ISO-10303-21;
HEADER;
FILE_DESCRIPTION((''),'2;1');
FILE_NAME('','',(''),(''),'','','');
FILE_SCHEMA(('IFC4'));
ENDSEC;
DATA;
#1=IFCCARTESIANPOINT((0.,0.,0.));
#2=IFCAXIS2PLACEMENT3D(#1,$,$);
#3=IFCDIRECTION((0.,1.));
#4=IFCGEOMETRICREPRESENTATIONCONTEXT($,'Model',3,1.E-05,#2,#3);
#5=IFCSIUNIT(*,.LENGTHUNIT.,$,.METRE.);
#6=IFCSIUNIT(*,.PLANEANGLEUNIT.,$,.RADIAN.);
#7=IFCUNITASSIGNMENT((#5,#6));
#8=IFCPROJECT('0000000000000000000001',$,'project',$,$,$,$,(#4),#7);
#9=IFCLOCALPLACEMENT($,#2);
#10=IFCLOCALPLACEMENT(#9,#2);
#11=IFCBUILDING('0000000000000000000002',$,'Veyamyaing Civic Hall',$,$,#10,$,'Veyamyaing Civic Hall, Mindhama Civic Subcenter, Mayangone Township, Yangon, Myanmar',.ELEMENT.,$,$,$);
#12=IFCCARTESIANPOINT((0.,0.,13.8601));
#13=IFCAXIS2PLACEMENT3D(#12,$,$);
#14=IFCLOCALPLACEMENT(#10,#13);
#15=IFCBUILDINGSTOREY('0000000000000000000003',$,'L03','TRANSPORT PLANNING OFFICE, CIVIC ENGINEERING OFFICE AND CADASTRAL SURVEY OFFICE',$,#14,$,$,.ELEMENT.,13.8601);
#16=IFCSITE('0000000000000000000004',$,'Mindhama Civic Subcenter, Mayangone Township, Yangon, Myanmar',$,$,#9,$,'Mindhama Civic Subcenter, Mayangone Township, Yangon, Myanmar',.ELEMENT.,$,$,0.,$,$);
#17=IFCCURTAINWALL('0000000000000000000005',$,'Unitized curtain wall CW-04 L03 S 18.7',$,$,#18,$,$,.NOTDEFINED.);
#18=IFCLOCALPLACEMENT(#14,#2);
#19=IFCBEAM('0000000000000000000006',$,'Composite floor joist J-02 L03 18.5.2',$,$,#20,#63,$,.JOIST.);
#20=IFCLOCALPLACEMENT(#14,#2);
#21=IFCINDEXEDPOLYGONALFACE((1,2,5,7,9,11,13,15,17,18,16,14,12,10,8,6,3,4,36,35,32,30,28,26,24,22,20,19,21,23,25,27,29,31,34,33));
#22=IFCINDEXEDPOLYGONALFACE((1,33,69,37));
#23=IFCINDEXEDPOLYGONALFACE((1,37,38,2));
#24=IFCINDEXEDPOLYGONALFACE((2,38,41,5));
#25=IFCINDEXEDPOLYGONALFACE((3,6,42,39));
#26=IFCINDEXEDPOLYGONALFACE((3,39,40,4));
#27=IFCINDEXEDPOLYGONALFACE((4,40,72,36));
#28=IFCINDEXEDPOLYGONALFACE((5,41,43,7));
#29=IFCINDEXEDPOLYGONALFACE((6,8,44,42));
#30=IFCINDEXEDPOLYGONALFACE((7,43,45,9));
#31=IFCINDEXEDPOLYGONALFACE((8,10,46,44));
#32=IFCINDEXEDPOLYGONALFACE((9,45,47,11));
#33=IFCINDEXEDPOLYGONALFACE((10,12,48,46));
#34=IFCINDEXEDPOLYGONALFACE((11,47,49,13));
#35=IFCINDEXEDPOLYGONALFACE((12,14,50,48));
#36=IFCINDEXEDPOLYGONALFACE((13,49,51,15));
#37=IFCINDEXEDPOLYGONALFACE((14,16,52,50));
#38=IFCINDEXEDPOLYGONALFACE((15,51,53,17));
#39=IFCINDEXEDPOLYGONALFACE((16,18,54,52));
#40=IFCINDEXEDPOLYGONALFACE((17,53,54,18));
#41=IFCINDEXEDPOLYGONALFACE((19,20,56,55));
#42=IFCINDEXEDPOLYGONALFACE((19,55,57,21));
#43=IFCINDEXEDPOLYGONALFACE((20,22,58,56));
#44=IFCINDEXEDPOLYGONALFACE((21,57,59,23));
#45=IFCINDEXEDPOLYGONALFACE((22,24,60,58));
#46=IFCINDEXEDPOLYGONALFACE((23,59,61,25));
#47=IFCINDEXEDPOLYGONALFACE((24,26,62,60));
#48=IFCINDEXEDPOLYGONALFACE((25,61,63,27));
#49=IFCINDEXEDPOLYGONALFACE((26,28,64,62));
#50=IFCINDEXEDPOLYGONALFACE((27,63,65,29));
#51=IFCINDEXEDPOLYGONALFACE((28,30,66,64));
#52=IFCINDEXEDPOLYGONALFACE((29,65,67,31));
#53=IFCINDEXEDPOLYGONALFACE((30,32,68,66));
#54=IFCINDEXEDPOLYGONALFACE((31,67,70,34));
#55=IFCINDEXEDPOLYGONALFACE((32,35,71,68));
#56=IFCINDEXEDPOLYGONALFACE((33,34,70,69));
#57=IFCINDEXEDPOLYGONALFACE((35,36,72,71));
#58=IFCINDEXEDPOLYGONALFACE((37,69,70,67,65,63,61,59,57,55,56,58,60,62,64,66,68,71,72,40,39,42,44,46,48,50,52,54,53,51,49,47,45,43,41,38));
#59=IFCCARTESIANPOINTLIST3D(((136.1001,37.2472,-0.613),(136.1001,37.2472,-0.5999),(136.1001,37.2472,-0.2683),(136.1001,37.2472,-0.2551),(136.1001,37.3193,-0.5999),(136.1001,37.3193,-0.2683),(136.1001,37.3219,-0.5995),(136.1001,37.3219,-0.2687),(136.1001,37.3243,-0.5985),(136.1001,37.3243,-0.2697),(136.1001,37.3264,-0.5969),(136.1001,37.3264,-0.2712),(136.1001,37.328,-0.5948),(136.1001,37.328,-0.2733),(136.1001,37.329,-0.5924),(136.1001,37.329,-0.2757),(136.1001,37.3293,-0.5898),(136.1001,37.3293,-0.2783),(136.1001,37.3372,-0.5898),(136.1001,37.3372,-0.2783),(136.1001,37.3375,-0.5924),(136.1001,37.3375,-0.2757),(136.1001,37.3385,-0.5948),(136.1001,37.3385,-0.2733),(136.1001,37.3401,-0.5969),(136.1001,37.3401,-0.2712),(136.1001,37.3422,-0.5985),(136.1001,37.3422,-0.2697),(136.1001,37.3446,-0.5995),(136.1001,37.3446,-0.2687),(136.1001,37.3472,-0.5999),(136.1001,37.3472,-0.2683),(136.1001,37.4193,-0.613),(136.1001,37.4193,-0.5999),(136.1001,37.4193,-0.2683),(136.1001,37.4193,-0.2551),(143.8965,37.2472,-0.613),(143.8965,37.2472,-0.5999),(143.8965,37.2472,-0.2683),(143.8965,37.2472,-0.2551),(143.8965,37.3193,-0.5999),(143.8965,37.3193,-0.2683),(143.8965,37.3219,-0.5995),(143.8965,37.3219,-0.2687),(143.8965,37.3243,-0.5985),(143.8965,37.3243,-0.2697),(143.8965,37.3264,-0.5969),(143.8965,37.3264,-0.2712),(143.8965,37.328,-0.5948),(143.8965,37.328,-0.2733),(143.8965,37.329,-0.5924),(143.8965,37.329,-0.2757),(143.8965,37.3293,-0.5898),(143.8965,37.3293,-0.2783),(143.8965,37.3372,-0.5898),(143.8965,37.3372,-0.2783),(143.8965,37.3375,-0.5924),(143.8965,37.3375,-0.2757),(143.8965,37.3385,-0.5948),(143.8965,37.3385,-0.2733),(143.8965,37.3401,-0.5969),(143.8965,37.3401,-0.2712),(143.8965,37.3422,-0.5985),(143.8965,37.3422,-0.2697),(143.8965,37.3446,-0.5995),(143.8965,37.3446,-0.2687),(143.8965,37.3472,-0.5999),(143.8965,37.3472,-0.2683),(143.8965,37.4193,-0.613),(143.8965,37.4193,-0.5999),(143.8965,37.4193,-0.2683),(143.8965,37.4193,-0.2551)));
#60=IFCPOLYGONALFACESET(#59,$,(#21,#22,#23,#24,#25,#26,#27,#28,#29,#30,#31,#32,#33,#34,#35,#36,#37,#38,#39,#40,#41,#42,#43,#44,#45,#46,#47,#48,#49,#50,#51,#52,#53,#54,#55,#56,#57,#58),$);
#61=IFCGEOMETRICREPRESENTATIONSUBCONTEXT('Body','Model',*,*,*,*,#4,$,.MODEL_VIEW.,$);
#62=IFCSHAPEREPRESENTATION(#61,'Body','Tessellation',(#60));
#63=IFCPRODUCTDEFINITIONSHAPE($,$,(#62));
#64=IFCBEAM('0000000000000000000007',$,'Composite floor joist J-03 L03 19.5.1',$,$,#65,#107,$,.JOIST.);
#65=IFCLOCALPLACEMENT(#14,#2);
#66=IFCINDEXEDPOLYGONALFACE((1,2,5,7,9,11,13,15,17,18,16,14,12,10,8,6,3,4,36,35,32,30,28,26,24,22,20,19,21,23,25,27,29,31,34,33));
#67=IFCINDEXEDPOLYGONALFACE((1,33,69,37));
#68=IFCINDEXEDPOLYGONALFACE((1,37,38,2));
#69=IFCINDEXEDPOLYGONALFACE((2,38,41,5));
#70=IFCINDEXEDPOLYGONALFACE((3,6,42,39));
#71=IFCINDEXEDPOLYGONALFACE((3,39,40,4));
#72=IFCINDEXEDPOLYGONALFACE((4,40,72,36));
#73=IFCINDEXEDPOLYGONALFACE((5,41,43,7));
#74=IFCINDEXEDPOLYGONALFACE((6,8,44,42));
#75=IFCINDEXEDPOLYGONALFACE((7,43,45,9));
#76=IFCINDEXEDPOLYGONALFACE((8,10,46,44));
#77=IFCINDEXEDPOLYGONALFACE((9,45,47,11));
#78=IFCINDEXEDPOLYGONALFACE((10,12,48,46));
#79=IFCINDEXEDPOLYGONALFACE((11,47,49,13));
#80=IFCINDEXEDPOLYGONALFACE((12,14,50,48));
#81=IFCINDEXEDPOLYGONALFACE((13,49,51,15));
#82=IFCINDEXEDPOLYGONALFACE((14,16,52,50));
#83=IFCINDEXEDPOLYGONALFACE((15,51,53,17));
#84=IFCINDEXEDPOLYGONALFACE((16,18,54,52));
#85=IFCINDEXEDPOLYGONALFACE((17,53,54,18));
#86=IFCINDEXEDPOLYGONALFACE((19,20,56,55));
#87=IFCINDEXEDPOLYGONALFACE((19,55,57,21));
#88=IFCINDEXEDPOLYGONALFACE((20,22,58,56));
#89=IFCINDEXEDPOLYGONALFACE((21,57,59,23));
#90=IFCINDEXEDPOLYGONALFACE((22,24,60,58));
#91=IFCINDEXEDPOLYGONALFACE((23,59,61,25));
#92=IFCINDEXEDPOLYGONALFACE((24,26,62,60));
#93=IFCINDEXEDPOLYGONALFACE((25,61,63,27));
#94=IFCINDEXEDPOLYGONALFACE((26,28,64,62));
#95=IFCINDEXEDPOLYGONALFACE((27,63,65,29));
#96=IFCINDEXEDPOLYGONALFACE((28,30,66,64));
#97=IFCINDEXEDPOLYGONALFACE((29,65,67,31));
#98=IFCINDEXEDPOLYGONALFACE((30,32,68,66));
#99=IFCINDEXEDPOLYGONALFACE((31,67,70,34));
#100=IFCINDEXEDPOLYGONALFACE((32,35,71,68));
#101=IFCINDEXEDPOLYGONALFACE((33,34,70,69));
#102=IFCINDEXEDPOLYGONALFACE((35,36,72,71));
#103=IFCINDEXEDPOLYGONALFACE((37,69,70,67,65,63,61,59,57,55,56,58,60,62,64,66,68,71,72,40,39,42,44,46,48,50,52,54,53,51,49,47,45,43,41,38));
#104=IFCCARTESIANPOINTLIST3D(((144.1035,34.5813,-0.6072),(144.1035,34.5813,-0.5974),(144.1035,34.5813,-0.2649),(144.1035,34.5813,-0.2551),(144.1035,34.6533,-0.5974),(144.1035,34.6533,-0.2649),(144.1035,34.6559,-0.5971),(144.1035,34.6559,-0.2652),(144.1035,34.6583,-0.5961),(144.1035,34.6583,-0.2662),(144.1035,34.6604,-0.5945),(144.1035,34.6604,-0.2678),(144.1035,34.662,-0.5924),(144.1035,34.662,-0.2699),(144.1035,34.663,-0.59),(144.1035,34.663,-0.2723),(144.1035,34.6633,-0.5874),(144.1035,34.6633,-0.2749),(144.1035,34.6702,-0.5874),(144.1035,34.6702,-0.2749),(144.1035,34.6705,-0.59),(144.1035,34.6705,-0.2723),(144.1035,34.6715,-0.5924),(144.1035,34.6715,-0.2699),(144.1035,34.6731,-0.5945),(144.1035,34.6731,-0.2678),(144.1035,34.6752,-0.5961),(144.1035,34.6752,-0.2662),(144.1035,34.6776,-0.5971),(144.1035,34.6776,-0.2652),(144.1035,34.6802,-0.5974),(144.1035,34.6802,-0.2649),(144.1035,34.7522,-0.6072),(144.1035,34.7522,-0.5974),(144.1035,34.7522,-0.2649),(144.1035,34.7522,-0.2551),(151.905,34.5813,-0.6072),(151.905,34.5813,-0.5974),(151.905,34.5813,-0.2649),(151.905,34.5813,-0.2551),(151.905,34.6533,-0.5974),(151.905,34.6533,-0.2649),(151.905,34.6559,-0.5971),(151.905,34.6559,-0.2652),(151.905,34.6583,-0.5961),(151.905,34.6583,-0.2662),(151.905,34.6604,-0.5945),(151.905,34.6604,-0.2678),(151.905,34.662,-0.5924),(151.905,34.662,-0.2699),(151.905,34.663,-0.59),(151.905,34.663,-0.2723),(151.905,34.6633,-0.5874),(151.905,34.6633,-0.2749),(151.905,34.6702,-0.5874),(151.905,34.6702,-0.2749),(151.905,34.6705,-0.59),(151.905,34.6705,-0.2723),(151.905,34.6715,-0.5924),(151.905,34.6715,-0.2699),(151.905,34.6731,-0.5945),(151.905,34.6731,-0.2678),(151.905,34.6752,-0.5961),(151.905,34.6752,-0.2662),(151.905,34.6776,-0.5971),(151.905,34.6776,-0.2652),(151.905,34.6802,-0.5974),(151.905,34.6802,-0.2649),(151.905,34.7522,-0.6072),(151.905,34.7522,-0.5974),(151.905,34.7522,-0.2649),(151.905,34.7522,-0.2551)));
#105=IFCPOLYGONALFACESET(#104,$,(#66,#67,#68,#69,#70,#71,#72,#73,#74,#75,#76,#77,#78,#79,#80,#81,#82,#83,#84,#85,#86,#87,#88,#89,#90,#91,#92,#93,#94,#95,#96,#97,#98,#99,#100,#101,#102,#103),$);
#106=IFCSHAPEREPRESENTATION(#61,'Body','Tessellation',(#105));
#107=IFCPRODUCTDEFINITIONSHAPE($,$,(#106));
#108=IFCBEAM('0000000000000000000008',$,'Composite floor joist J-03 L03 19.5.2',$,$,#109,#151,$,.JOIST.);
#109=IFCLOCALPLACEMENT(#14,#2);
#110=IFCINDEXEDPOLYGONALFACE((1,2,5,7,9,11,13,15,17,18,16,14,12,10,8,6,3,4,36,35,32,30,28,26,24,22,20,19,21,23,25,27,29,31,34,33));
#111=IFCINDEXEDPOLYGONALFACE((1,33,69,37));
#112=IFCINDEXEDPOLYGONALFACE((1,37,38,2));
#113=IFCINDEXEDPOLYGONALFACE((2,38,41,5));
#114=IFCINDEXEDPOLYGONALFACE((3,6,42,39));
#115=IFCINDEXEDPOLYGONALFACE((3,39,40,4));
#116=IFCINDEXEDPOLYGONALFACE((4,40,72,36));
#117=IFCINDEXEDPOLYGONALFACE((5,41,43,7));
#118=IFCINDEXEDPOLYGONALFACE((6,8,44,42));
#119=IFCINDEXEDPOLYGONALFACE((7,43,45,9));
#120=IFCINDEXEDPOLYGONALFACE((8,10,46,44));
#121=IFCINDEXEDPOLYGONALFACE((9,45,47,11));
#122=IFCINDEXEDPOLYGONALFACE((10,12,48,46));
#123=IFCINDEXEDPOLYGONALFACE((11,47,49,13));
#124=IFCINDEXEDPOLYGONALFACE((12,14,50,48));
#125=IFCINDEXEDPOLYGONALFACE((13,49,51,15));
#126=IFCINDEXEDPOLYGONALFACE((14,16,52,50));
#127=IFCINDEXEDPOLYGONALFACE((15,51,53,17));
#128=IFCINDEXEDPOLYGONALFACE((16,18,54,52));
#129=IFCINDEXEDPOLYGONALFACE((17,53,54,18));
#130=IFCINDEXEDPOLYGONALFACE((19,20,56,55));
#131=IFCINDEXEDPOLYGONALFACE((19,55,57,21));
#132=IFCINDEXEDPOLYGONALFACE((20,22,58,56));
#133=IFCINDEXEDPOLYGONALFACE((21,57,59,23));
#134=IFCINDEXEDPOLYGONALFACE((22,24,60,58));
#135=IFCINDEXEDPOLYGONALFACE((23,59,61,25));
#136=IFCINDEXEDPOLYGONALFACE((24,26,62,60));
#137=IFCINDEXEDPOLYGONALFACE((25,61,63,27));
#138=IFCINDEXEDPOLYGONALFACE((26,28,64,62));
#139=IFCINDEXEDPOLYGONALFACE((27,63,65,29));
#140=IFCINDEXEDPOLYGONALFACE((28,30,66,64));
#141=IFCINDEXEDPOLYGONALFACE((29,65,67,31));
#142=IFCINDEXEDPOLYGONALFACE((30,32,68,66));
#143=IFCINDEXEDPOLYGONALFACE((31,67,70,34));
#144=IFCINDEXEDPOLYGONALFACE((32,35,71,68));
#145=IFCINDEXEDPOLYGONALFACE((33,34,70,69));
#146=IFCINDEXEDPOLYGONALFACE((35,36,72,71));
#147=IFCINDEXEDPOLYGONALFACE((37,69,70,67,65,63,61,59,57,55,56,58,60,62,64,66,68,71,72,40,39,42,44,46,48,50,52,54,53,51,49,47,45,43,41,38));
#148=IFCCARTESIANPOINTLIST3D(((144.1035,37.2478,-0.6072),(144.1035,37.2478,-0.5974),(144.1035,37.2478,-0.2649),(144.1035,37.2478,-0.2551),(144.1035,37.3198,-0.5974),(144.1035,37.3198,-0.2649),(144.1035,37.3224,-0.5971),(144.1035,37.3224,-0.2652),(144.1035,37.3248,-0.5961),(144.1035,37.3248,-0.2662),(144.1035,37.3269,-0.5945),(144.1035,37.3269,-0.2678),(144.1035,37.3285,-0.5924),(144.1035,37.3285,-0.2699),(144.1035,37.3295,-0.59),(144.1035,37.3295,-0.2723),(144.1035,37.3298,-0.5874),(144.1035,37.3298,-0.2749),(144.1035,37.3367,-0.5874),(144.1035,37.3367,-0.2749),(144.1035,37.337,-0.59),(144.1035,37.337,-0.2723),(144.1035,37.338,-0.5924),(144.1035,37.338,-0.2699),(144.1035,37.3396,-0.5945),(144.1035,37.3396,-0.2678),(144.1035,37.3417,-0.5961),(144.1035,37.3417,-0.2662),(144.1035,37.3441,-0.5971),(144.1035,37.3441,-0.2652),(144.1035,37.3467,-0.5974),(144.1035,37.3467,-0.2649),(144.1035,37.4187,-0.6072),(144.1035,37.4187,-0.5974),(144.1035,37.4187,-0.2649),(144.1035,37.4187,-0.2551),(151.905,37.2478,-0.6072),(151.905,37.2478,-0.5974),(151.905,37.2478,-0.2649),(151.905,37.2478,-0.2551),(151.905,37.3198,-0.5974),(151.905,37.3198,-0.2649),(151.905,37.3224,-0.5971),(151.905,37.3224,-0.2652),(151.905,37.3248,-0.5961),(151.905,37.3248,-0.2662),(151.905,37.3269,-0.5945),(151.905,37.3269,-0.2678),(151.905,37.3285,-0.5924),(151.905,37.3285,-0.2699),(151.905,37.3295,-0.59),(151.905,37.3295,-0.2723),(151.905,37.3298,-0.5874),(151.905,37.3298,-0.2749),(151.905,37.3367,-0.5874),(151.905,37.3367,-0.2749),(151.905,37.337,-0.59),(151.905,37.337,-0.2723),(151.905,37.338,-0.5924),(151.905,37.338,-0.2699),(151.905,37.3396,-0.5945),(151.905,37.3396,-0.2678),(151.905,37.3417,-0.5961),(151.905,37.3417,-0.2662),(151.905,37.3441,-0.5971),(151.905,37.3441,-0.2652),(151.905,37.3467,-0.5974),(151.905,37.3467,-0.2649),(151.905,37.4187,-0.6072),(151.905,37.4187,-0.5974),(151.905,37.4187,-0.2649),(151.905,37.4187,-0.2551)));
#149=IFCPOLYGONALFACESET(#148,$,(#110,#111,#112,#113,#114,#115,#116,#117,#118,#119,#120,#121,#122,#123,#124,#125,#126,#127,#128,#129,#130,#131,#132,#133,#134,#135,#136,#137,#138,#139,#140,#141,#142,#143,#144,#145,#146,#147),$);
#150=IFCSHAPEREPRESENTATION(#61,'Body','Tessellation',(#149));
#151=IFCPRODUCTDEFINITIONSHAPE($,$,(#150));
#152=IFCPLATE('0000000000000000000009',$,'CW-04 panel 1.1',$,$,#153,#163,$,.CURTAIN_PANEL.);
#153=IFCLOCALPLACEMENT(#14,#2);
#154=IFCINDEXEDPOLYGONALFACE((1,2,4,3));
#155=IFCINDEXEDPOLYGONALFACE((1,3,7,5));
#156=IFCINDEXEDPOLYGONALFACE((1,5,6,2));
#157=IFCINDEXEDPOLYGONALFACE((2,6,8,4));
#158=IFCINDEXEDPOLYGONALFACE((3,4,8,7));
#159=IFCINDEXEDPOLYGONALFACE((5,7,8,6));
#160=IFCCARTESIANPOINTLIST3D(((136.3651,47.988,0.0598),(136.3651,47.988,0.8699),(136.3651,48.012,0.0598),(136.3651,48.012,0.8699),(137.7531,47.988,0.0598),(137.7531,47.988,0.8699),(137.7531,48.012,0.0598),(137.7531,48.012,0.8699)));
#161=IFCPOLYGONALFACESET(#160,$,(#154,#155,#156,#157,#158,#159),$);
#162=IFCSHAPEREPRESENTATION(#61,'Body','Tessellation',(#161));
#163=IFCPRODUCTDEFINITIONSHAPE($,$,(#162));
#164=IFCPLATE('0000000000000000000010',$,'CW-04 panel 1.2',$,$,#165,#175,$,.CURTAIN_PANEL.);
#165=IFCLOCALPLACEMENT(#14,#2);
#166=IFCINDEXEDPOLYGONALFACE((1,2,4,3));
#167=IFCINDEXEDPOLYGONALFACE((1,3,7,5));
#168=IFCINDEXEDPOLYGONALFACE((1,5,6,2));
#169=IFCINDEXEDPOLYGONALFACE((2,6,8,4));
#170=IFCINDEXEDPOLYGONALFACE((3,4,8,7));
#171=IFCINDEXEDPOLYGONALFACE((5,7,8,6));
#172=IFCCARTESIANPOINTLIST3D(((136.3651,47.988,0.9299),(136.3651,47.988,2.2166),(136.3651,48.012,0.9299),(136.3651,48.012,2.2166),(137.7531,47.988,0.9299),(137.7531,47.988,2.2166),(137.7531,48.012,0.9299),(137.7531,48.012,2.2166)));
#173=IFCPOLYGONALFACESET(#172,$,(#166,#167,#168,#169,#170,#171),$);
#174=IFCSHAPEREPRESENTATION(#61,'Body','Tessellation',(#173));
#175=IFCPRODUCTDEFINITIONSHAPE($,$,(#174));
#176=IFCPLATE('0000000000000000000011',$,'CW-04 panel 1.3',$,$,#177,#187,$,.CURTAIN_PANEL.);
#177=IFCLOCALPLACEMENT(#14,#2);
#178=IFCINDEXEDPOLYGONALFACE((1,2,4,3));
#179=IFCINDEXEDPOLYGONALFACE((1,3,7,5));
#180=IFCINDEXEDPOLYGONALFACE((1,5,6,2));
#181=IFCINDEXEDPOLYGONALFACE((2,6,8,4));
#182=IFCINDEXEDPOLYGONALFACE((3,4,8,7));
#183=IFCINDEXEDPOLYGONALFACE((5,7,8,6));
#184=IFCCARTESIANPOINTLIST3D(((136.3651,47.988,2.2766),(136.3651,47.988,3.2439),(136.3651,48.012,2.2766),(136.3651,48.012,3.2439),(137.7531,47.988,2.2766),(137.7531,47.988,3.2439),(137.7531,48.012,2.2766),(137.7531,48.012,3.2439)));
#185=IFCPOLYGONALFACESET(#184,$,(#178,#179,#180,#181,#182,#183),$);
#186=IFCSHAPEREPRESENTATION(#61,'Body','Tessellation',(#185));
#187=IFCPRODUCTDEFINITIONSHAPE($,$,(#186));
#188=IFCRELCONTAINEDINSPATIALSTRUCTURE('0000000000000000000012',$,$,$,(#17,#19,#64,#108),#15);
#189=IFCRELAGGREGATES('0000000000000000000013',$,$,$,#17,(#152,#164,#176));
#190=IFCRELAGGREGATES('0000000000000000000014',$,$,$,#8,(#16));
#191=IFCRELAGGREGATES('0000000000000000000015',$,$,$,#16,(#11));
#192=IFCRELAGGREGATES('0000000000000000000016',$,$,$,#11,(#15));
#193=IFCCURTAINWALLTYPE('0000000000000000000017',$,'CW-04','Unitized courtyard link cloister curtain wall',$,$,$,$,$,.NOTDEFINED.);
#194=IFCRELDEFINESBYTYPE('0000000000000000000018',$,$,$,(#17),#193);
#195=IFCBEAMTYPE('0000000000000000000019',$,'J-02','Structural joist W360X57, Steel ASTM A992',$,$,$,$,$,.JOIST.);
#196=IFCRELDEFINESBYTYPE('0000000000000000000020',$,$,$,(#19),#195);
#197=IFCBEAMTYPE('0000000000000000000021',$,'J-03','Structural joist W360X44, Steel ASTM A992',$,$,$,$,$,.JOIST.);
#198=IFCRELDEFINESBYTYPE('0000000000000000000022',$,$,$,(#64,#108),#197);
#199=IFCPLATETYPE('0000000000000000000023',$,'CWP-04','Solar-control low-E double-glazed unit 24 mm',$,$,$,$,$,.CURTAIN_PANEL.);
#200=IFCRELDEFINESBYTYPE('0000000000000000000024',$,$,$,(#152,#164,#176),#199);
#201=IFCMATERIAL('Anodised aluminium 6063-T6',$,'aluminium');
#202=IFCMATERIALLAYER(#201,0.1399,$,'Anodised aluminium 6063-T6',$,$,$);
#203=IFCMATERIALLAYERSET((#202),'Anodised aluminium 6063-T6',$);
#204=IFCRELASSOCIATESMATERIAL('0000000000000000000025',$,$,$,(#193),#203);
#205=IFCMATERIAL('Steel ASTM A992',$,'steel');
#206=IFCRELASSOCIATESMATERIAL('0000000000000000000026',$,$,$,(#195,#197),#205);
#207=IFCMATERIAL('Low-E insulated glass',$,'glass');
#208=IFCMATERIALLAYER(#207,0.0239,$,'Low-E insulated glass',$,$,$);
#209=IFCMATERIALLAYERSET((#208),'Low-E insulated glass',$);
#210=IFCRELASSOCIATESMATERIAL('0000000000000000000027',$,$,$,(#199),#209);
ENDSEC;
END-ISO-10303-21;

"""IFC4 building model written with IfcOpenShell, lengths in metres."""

from ifc_helpers import new_model, si_unit, direction, frame, origin, origin_2d, place, context, subcontext, project, spatial, rectangle, i_section, extrude, material, layer, layer_set, material_profile, profile_set, type_object, element, aggregate, save


model = new_model("IFC4")

# Units and contexts
model_context = context("Model", 3, precision=1e-05, world=origin(), true_north=direction((0.0, 1.0)))
body_context = subcontext(model_context, "Body", "Model", "MODEL_VIEW")
ifc_project = project(units=[si_unit("LENGTHUNIT", "METRE"), si_unit("PLANEANGLEUNIT", "RADIAN")], contexts=[model_context])

# Site, building, storey
site_placement = place(None, origin())
site = spatial("IfcSite", under=ifc_project, at=site_placement, Name="Mindhama Civic Subcenter, Mayangone Township, Yangon, Myanmar", LongName="Mindhama Civic Subcenter, Mayangone Township, Yangon, Myanmar", CompositionType="ELEMENT", RefElevation=0.0)
building_placement = place(site_placement, origin())
building = spatial("IfcBuilding", under=site, at=building_placement, Name="Veyamyaing Civic Hall", LongName="Veyamyaing Civic Hall, Mindhama Civic Subcenter, Mayangone Township, Yangon, Myanmar", CompositionType="ELEMENT")
storey_placement = place(building_placement, frame((0.0, 0.0, 13.8601)))
storey = spatial("IfcBuildingStorey", under=building, at=storey_placement, Name="L03", Description="TRANSPORT PLANNING OFFICE, CIVIC ENGINEERING OFFICE AND CADASTRAL SURVEY OFFICE", CompositionType="ELEMENT", Elevation=13.8601)

# Shared definitions
ifc_material_1 = material(Name="Steel ASTM A992", Category="steel")

# Curtain wall
ifc_material_2 = material(Name="Anodised aluminium 6063-T6", Category="aluminium")
ifc_layer_1 = layer(ifc_material_2, 0.1399, Name="Anodised aluminium 6063-T6")
ifc_layer_set_1 = layer_set([ifc_layer_1], Name="Anodised aluminium 6063-T6")
curtain_wall_type = type_object("IfcCurtainWallType", Name="CW-04", Description="Unitized courtyard link cloister curtain wall", PredefinedType="NOTDEFINED", material=ifc_layer_set_1)
curtain_wall_placement = place(storey_placement, origin())
curtain_wall = element("IfcCurtainWall", 1, at=curtain_wall_placement, inside=storey, type_object=curtain_wall_type, Name="Unitized curtain wall CW-04 L03 S 18.7", PredefinedType="NOTDEFINED")

# Beams
ifc_material_profile_1 = material_profile(ifc_material_1, i_section(OverallWidth=0.1721, OverallDepth=0.3579, WebThickness=0.0078, FlangeThickness=0.0132, FilletRadius=0.01, at=origin_2d()), Name="W360X57")
ifc_profile_set_1 = profile_set([ifc_material_profile_1], Name="Steel ASTM A992")
beam_type_1 = type_object("IfcBeamType", Name="J-02", Description="Structural joist W360X57, Steel ASTM A992", PredefinedType="JOIST", material=ifc_profile_set_1)
for number, where, z_axis, x_axis, name in (
    (2, (136.1001, 37.3333, -0.4341), (1.0, 0.0, 0.0), (0.0, 1.0, 0.0), "Composite floor joist J-02 L03 18.5.2"),
):
    element("IfcBeam", number, at=place(storey_placement, frame(where, z_axis=z_axis, x_axis=x_axis)), inside=storey, type_object=beam_type_1, Name=name, PredefinedType="JOIST", context=body_context, shape_type="SweptSolid", body=[
        extrude(i_section(OverallWidth=0.1721, OverallDepth=0.3579, WebThickness=0.0078, FlangeThickness=0.0132, FilletRadius=0.01, at=origin_2d()), origin(), (0.0, 0.0, 1.0), 7.7964),
    ])
ifc_material_profile_2 = material_profile(ifc_material_1, i_section(OverallWidth=0.1709, OverallDepth=0.3521, WebThickness=0.0068, FlangeThickness=0.0098, FilletRadius=0.01, at=origin_2d()), Name="W360X44")
ifc_profile_set_2 = profile_set([ifc_material_profile_2], Name="Steel ASTM A992")
beam_type_2 = type_object("IfcBeamType", Name="J-03", Description="Structural joist W360X44, Steel ASTM A992", PredefinedType="JOIST", material=ifc_profile_set_2)
for number, where, z_axis, x_axis, name in (
    (3, (144.1035, 34.6667, -0.4312), (1.0, 0.0, 0.0), (0.0, 1.0, 0.0), "Composite floor joist J-03 L03 19.5.1"),
    (4, (144.1035, 37.3333, -0.4312), (1.0, 0.0, 0.0), (0.0, 1.0, 0.0), "Composite floor joist J-03 L03 19.5.2"),
):
    element("IfcBeam", number, at=place(storey_placement, frame(where, z_axis=z_axis, x_axis=x_axis)), inside=storey, type_object=beam_type_2, Name=name, PredefinedType="JOIST", context=body_context, shape_type="SweptSolid", body=[
        extrude(i_section(OverallWidth=0.1709, OverallDepth=0.3521, WebThickness=0.0068, FlangeThickness=0.0098, FilletRadius=0.01, at=origin_2d()), origin(), (0.0, 0.0, 1.0), 7.8015),
    ])

# Plates
ifc_material_3 = material(Name="Low-E insulated glass", Category="glass")
ifc_layer_2 = layer(ifc_material_3, 0.0239, Name="Low-E insulated glass")
ifc_layer_set_2 = layer_set([ifc_layer_2], Name="Low-E insulated glass")
plate_type = type_object("IfcPlateType", Name="CWP-04", Description="Solar-control low-E double-glazed unit 24 mm", PredefinedType="CURTAIN_PANEL", material=ifc_layer_set_2)
plate_1_placement = place(storey_placement, frame((137.0591, 48.0, 0.0598), z_axis=(0.0, 0.0, 1.0), x_axis=(1.0, 0.0, 0.0)))
plate_1 = element("IfcPlate", 5, at=plate_1_placement, type_object=plate_type, Name="CW-04 panel 1.1", PredefinedType="CURTAIN_PANEL", context=body_context, shape_type="SweptSolid", body=[
    extrude(rectangle(XDim=1.3879, YDim=0.0239, at=origin_2d()), origin(), (0.0, 0.0, 1.0), 0.8101),
])
plate_2_placement = place(storey_placement, frame((137.0591, 48.0, 0.9299), z_axis=(0.0, 0.0, 1.0), x_axis=(1.0, 0.0, 0.0)))
plate_2 = element("IfcPlate", 6, at=plate_2_placement, type_object=plate_type, Name="CW-04 panel 1.2", PredefinedType="CURTAIN_PANEL", context=body_context, shape_type="SweptSolid", body=[
    extrude(rectangle(XDim=1.3879, YDim=0.0239, at=origin_2d()), origin(), (0.0, 0.0, 1.0), 1.2866),
])
plate_3_placement = place(storey_placement, frame((137.0591, 48.0, 2.2766), z_axis=(0.0, 0.0, 1.0), x_axis=(1.0, 0.0, 0.0)))
plate_3 = element("IfcPlate", 7, at=plate_3_placement, type_object=plate_type, Name="CW-04 panel 1.3", PredefinedType="CURTAIN_PANEL", context=body_context, shape_type="SweptSolid", body=[
    extrude(rectangle(XDim=1.3879, YDim=0.0239, at=origin_2d()), origin(), (0.0, 0.0, 1.0), 0.9673),
])
aggregate(curtain_wall, [plate_1, plate_2, plate_3])

save(model, "model.ifc")
